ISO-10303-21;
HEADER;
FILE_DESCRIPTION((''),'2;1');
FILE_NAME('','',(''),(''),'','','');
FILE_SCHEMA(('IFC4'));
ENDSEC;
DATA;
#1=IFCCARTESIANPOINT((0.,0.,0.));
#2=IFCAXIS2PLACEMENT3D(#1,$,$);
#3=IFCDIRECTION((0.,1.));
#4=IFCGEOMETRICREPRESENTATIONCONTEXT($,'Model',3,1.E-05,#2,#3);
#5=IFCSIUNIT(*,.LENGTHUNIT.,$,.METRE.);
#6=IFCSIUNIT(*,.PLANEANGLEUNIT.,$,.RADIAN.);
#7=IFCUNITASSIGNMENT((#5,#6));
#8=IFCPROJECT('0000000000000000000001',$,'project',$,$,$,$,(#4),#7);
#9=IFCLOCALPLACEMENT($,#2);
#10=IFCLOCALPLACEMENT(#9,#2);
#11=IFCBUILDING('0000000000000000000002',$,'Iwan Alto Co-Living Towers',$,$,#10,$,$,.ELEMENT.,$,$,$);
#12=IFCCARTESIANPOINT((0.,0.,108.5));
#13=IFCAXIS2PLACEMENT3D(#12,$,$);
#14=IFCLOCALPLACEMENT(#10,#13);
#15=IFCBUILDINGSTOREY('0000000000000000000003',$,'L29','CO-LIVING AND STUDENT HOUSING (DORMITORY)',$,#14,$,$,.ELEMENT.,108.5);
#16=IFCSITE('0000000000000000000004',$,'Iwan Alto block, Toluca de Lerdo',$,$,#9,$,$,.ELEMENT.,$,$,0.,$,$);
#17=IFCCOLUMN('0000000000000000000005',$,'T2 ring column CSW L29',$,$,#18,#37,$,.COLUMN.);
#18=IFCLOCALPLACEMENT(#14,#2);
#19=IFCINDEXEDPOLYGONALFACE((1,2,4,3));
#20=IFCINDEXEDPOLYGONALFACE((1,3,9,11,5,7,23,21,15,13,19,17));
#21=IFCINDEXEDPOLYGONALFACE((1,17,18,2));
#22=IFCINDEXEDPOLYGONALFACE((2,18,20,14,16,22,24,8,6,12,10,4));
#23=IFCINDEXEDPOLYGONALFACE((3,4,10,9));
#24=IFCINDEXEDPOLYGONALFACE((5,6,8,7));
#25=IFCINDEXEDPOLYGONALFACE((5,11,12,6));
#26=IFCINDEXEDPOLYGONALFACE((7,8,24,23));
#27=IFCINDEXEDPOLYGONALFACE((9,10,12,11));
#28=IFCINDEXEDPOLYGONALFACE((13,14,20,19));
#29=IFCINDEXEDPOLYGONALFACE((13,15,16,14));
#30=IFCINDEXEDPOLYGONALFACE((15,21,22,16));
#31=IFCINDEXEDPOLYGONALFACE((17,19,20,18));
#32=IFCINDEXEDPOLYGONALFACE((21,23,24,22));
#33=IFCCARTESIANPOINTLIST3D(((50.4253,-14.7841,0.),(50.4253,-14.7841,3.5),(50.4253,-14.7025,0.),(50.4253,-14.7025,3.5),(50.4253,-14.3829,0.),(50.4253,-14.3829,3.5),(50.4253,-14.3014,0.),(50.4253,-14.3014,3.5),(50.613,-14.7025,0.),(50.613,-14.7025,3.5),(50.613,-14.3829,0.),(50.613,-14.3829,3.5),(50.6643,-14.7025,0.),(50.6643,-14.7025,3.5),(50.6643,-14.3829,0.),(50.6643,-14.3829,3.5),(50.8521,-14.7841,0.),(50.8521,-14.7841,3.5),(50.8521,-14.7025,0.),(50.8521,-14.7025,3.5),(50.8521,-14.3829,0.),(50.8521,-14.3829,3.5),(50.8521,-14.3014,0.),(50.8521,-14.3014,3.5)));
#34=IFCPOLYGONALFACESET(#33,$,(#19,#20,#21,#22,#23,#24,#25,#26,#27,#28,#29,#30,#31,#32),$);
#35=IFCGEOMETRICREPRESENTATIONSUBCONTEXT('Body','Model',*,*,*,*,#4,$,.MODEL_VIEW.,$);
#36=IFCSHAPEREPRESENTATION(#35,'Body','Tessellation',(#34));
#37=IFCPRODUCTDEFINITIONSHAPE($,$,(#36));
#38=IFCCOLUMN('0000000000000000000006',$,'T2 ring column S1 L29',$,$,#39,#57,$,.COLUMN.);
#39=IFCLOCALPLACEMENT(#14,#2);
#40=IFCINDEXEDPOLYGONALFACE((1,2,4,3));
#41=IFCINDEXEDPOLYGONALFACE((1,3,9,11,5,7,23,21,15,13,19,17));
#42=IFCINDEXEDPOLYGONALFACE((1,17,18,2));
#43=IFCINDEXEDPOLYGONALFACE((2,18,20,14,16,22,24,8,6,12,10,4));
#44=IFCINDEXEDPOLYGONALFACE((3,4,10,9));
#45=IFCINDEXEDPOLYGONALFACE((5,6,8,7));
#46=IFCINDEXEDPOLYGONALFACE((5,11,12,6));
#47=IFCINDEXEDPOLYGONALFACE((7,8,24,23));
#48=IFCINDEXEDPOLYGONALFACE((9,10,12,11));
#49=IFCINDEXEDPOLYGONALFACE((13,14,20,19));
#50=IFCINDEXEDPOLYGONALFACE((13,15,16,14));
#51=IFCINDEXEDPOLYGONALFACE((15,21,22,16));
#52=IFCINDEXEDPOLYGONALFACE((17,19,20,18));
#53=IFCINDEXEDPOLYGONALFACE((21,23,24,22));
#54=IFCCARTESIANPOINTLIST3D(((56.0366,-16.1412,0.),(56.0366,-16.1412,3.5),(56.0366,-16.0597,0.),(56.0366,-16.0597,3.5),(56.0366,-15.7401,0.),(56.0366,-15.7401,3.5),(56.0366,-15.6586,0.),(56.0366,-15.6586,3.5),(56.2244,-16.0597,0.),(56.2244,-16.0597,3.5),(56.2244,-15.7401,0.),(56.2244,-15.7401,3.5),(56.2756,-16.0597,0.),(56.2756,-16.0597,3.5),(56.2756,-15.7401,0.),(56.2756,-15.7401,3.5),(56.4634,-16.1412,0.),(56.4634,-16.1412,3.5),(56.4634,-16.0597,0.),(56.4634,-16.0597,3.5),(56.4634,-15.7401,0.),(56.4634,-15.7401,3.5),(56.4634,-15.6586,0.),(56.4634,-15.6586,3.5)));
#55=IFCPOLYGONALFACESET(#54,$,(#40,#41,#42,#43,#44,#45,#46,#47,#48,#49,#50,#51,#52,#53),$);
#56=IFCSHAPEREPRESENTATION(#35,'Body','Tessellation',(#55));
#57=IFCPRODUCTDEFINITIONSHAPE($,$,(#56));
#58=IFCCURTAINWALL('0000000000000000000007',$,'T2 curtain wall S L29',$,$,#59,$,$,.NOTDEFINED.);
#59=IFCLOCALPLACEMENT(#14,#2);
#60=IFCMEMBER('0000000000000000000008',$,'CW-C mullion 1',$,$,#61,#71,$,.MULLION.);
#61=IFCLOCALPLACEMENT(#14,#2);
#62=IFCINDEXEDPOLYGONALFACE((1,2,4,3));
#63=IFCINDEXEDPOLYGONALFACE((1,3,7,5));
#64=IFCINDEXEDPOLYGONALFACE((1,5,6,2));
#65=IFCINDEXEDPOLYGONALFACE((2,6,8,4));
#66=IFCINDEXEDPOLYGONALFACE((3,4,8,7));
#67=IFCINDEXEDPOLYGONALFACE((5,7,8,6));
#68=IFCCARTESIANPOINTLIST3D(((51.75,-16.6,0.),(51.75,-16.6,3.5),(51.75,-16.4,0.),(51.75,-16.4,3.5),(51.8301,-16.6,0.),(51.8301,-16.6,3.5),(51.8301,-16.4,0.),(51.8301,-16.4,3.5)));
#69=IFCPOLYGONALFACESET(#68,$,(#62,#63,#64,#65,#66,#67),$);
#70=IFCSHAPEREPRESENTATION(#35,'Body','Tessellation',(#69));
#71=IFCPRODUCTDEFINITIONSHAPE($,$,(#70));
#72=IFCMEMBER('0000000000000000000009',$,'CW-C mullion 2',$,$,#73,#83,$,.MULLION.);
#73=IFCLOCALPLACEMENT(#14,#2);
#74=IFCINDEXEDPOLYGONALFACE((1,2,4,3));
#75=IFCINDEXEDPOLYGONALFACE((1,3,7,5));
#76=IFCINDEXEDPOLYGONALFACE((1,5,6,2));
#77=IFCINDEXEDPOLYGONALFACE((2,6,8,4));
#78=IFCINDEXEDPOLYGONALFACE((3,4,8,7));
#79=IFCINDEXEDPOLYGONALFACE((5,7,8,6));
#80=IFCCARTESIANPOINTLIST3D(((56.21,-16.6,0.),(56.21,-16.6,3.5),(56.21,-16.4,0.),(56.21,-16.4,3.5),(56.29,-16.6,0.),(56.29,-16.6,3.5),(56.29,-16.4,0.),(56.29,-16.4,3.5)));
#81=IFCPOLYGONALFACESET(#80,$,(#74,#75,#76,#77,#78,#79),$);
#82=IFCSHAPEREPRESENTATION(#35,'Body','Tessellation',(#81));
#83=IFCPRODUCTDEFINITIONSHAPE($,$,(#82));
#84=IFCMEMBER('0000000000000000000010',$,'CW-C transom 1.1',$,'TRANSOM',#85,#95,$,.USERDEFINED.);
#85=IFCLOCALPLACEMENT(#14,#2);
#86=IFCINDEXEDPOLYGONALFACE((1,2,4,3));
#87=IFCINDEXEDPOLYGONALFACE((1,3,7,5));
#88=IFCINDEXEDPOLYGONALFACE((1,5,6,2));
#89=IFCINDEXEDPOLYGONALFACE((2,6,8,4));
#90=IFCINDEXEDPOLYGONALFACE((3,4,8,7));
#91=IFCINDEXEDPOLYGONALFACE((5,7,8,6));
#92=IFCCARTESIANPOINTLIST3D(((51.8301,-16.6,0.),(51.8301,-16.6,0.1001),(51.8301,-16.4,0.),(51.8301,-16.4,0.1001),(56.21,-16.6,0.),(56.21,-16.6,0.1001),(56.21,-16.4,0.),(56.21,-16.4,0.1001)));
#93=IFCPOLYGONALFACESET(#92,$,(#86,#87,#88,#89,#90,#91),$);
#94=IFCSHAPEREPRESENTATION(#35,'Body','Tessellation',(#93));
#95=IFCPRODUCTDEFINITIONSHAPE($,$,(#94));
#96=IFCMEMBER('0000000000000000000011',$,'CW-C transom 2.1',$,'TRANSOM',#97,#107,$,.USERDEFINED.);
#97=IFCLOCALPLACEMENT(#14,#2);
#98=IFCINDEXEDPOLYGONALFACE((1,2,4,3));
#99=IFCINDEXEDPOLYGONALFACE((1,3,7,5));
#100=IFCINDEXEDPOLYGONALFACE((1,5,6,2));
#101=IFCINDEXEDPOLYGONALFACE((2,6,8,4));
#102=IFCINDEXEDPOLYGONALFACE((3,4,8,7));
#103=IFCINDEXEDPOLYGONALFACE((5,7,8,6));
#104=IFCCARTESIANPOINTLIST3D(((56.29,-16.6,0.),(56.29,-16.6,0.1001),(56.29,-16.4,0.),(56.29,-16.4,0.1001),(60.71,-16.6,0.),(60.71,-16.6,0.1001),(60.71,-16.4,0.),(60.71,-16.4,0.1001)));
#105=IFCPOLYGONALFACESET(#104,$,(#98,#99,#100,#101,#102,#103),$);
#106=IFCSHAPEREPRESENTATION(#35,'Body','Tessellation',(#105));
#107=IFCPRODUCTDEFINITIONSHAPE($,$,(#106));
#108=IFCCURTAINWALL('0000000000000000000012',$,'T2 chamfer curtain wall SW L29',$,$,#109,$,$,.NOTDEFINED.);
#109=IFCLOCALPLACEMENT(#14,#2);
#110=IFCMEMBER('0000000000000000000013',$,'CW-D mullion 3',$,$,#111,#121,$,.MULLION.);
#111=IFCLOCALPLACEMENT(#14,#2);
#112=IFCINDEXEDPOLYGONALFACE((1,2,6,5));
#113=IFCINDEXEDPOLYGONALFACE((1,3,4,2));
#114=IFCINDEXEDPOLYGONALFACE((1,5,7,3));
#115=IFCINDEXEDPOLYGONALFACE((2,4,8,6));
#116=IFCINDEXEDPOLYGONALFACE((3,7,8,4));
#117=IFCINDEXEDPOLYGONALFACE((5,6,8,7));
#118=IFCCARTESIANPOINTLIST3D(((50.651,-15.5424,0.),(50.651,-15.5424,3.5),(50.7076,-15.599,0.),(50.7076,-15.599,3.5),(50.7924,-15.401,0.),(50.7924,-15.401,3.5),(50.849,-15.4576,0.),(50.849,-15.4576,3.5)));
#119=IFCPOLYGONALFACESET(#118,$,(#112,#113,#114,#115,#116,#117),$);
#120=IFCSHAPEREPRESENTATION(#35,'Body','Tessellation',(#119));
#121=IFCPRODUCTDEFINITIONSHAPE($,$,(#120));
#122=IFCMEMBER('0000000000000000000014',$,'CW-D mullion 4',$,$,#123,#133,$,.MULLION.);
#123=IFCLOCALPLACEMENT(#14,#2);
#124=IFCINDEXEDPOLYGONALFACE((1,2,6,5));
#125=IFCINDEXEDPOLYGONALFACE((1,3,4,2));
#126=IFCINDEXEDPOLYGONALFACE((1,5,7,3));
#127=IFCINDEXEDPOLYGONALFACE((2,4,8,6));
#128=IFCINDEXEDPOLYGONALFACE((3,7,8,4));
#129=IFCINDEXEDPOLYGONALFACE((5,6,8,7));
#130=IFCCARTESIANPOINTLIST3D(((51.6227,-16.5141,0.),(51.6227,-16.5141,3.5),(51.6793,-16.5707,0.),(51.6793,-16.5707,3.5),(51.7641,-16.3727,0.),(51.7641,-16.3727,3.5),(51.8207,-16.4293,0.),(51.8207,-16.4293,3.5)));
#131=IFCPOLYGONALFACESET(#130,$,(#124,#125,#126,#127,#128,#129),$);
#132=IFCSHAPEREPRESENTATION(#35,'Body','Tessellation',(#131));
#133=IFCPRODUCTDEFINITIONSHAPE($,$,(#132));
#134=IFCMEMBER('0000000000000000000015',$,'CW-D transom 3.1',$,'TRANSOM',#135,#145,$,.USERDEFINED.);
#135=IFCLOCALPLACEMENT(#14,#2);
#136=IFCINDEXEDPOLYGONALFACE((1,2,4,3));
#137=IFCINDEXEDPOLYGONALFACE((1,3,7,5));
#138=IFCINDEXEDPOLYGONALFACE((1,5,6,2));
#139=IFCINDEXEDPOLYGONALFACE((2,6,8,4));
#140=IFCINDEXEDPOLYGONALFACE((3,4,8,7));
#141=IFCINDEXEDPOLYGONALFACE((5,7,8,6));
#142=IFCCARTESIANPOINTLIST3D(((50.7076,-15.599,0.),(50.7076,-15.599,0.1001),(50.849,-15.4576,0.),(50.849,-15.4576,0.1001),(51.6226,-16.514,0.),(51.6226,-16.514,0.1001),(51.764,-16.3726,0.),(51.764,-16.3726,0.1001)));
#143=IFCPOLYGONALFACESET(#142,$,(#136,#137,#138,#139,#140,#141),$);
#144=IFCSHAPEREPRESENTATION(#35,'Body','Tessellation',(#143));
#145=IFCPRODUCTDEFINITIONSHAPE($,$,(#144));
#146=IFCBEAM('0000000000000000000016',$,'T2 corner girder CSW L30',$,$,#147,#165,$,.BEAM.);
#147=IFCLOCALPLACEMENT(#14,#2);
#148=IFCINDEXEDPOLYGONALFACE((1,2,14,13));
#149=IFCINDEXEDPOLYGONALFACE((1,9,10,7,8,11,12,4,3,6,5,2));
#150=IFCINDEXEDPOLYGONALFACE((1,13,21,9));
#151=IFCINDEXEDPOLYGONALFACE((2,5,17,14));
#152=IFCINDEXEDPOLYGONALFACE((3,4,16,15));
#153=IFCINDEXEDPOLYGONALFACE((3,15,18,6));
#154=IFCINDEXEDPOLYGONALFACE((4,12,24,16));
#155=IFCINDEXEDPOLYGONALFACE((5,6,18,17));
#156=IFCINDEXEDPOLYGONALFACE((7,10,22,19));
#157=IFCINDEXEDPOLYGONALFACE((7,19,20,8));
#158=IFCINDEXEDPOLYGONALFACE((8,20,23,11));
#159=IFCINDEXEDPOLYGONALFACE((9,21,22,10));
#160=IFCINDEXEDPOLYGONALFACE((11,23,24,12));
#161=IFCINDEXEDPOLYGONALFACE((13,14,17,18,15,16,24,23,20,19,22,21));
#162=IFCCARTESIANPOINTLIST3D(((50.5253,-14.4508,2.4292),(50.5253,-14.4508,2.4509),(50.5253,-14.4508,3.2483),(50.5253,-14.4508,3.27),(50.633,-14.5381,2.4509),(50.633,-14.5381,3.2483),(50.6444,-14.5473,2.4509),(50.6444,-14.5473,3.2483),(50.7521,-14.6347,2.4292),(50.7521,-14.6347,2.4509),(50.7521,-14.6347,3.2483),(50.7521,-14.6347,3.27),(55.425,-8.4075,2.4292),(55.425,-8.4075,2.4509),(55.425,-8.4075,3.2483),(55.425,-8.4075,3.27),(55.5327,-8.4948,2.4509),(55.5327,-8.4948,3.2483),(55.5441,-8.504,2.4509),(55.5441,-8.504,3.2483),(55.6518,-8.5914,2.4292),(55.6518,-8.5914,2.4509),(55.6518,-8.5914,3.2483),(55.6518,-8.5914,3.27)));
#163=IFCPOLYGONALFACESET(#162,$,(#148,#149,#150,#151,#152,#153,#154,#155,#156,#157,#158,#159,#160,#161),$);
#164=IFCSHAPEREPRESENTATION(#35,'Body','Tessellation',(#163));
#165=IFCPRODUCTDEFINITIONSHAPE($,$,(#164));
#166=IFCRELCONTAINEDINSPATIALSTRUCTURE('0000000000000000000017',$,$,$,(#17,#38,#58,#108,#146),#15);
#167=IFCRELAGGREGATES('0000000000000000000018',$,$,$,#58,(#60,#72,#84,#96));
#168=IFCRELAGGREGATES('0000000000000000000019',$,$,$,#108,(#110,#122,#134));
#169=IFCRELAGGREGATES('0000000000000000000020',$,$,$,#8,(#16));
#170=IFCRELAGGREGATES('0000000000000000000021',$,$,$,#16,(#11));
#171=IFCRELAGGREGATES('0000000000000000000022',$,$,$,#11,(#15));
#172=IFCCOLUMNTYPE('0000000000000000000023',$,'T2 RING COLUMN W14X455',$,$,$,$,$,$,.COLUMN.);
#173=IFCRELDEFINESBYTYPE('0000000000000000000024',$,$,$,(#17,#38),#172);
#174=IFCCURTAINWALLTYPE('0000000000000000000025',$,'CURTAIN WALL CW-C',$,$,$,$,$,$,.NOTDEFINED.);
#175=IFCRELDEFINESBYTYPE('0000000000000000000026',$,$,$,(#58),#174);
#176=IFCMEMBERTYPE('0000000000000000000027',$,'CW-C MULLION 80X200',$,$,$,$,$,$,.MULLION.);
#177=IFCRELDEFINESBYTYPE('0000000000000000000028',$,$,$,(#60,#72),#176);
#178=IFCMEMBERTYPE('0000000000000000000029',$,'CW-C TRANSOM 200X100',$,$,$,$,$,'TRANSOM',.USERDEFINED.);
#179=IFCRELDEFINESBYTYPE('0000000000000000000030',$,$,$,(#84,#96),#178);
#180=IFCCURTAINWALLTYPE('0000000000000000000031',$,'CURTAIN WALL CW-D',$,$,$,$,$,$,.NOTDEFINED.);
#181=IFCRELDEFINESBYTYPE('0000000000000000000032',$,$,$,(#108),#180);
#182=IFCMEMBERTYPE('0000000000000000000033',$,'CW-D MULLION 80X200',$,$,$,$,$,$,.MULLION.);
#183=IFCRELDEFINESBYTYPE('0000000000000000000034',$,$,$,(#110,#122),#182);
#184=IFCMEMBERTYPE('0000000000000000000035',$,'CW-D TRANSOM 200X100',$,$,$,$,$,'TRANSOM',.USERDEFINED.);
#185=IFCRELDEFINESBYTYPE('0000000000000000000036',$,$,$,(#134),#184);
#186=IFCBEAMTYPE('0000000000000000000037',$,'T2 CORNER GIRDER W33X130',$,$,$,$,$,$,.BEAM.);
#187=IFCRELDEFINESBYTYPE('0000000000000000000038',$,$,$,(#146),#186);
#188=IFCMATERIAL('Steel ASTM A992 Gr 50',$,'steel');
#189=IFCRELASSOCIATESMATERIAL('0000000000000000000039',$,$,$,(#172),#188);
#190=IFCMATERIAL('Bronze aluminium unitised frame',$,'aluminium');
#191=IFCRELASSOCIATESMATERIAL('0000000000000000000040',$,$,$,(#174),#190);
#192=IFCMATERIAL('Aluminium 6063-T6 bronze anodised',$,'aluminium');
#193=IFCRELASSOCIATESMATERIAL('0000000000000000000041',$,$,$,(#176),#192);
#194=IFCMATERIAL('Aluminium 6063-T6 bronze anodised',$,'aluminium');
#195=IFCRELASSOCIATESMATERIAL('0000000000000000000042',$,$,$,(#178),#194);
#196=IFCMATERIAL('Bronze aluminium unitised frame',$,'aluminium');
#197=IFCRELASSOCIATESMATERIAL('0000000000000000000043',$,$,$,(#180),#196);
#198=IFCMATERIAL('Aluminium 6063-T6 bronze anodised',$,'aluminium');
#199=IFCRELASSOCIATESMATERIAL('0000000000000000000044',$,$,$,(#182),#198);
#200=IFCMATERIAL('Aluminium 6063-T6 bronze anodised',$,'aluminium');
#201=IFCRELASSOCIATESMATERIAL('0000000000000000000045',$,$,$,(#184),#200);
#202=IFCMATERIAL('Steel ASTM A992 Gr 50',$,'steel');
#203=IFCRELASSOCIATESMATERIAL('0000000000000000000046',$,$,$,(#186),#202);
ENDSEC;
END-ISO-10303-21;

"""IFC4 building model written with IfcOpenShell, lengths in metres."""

from ifc_helpers import new_model, si_unit, direction, frame, origin, origin_2d, place, context, subcontext, project, spatial, rectangle, i_section, extrude, material, material_profile, profile_set, type_object, element, aggregate, save


model = new_model("IFC4")

# Units and contexts
model_context = context("Model", 3, precision=1e-05, world=origin(), true_north=direction((0.0, 1.0)))
body_context = subcontext(model_context, "Body", "Model", "MODEL_VIEW")
ifc_project = project(units=[si_unit("LENGTHUNIT", "METRE"), si_unit("PLANEANGLEUNIT", "RADIAN")], contexts=[model_context])

# Site, building, storey
site_placement = place(None, origin())
site = spatial("IfcSite", under=ifc_project, at=site_placement, Name="Iwan Alto block, Toluca de Lerdo", CompositionType="ELEMENT", RefElevation=0.0)
building_placement = place(site_placement, origin())
building = spatial("IfcBuilding", under=site, at=building_placement, Name="Iwan Alto Co-Living Towers", CompositionType="ELEMENT")
storey_placement = place(building_placement, frame((0.0, 0.0, 108.5)))
storey = spatial("IfcBuildingStorey", under=building, at=storey_placement, Name="L29", Description="CO-LIVING AND STUDENT HOUSING (DORMITORY)", CompositionType="ELEMENT", Elevation=108.5)

# Columns
ifc_material_1 = material(Name="Steel ASTM A992 Gr 50", Category="steel")
ifc_material_profile_1 = material_profile(ifc_material_1, i_section(OverallWidth=0.4268, OverallDepth=0.4827, WebThickness=0.0513, FlangeThickness=0.0815, at=origin_2d()), Name="W14X455")
ifc_profile_set_1 = profile_set([ifc_material_profile_1], Name="Steel ASTM A992 Gr 50")
column_type = type_object("IfcColumnType", Name="T2 RING COLUMN W14X455", PredefinedType="COLUMN", material=ifc_profile_set_1)
for number, where, z_axis, x_axis, name in (
    (1, (50.6387, -14.5427, 0.0), (0.0, 0.0, 1.0), (1.0, 0.0, 0.0), "T2 ring column CSW L29"),
    (2, (56.25, -15.8999, 0.0), (0.0, 0.0, 1.0), (1.0, 0.0, 0.0), "T2 ring column S1 L29"),
):
    element("IfcColumn", number, at=place(storey_placement, frame(where, z_axis=z_axis, x_axis=x_axis)), inside=storey, type_object=column_type, Name=name, PredefinedType="COLUMN", context=body_context, shape_type="SweptSolid", body=[
        extrude(i_section(OverallWidth=0.4268, OverallDepth=0.4827, WebThickness=0.0513, FlangeThickness=0.0815, at=origin_2d()), origin(), (0.0, 0.0, 1.0), 3.5),
    ])

# Curtain walls, members
ifc_material_2 = material(Name="Bronze aluminium unitised frame", Category="aluminium")
curtain_wall_type_1 = type_object("IfcCurtainWallType", Name="CURTAIN WALL CW-C", PredefinedType="NOTDEFINED", material=ifc_material_2)
curtain_wall_1_placement = place(storey_placement, origin())
curtain_wall_1 = element("IfcCurtainWall", 3, at=curtain_wall_1_placement, inside=storey, type_object=curtain_wall_type_1, Name="T2 curtain wall S L29", PredefinedType="NOTDEFINED")
ifc_material_3 = material(Name="Aluminium 6063-T6 bronze anodised", Category="aluminium")
ifc_material_profile_2 = material_profile(ifc_material_3, rectangle(XDim=0.2, YDim=0.0801, at=origin_2d()), Name="AL 80X200")
ifc_profile_set_2 = profile_set([ifc_material_profile_2], Name="Aluminium 6063-T6 bronze anodised")
member_type_1 = type_object("IfcMemberType", Name="CW-C MULLION 80X200", PredefinedType="MULLION", material=ifc_profile_set_2)
member_1_placement = place(storey_placement, frame((51.79, -16.5, 0.0), z_axis=(0.0, 0.0, 1.0), x_axis=(0.0, 1.0, 0.0)))
member_1 = element("IfcMember", 4, at=member_1_placement, type_object=member_type_1, Name="CW-C mullion 1", PredefinedType="MULLION", context=body_context, shape_type="SweptSolid", body=[
    extrude(rectangle(XDim=0.2, YDim=0.0801, at=origin_2d()), origin(), (0.0, 0.0, 1.0), 3.5),
])
member_2_placement = place(storey_placement, frame((56.25, -16.5, 0.0), z_axis=(0.0, 0.0, 1.0), x_axis=(0.0, 1.0, 0.0)))
member_2 = element("IfcMember", 5, at=member_2_placement, type_object=member_type_1, Name="CW-C mullion 2", PredefinedType="MULLION", context=body_context, shape_type="SweptSolid", body=[
    extrude(rectangle(XDim=0.2, YDim=0.0801, at=origin_2d()), origin(), (0.0, 0.0, 1.0), 3.5),
])
ifc_material_4 = material(Name="Aluminium 6063-T6 bronze anodised", Category="aluminium")
ifc_material_profile_3 = material_profile(ifc_material_4, rectangle(XDim=0.2, YDim=0.1001, at=origin_2d()), Name="AL 200X100")
ifc_profile_set_3 = profile_set([ifc_material_profile_3], Name="Aluminium 6063-T6 bronze anodised")
member_type_2 = type_object("IfcMemberType", Name="CW-C TRANSOM 200X100", ElementType="TRANSOM", PredefinedType="USERDEFINED", material=ifc_profile_set_3)
member_3_placement = place(storey_placement, frame((51.8301, -16.5, 0.05), z_axis=(1.0, 0.0, 0.0), x_axis=(0.0, 1.0, 0.0)))
member_3 = element("IfcMember", 6, at=member_3_placement, type_object=member_type_2, Name="CW-C transom 1.1", ObjectType="TRANSOM", PredefinedType="USERDEFINED", context=body_context, shape_type="SweptSolid", body=[
    extrude(rectangle(XDim=0.2, YDim=0.1001, at=origin_2d()), origin(), (0.0, 0.0, 1.0), 4.3799),
])
member_4_placement = place(storey_placement, frame((56.29, -16.5, 0.05), z_axis=(1.0, 0.0, 0.0), x_axis=(0.0, 1.0, 0.0)))
member_4 = element("IfcMember", 7, at=member_4_placement, type_object=member_type_2, Name="CW-C transom 2.1", ObjectType="TRANSOM", PredefinedType="USERDEFINED", context=body_context, shape_type="SweptSolid", body=[
    extrude(rectangle(XDim=0.2, YDim=0.1001, at=origin_2d()), origin(), (0.0, 0.0, 1.0), 4.4199),
])
ifc_material_5 = material(Name="Bronze aluminium unitised frame", Category="aluminium")
curtain_wall_type_2 = type_object("IfcCurtainWallType", Name="CURTAIN WALL CW-D", PredefinedType="NOTDEFINED", material=ifc_material_5)
curtain_wall_2_placement = place(storey_placement, origin())
curtain_wall_2 = element("IfcCurtainWall", 8, at=curtain_wall_2_placement, inside=storey, type_object=curtain_wall_type_2, Name="T2 chamfer curtain wall SW L29", PredefinedType="NOTDEFINED")
ifc_material_6 = material(Name="Aluminium 6063-T6 bronze anodised", Category="aluminium")
ifc_material_profile_4 = material_profile(ifc_material_6, rectangle(XDim=0.2, YDim=0.0801, at=origin_2d()), Name="AL 80X200")
ifc_profile_set_4 = profile_set([ifc_material_profile_4], Name="Aluminium 6063-T6 bronze anodised")
member_type_3 = type_object("IfcMemberType", Name="CW-D MULLION 80X200", PredefinedType="MULLION", material=ifc_profile_set_4)
member_5_placement = place(storey_placement, frame((50.75, -15.5, 0.0), z_axis=(0.0, 0.0, 1.0), x_axis=(0.707107, 0.707107, 0.0)))
member_5 = element("IfcMember", 9, at=member_5_placement, type_object=member_type_3, Name="CW-D mullion 3", PredefinedType="MULLION", context=body_context, shape_type="SweptSolid", body=[
    extrude(rectangle(XDim=0.2, YDim=0.0801, at=origin_2d()), origin(), (0.0, 0.0, 1.0), 3.5),
])
member_6_placement = place(storey_placement, frame((51.7217, -16.4717, 0.0), z_axis=(0.0, 0.0, 1.0), x_axis=(0.707107, 0.707107, 0.0)))
member_6 = element("IfcMember", 10, at=member_6_placement, type_object=member_type_3, Name="CW-D mullion 4", PredefinedType="MULLION", context=body_context, shape_type="SweptSolid", body=[
    extrude(rectangle(XDim=0.2, YDim=0.0801, at=origin_2d()), origin(), (0.0, 0.0, 1.0), 3.5),
])
ifc_material_7 = material(Name="Aluminium 6063-T6 bronze anodised", Category="aluminium")
ifc_material_profile_5 = material_profile(ifc_material_7, rectangle(XDim=0.2, YDim=0.1001, at=origin_2d()), Name="AL 200X100")
ifc_profile_set_5 = profile_set([ifc_material_profile_5], Name="Aluminium 6063-T6 bronze anodised")
member_type_4 = type_object("IfcMemberType", Name="CW-D TRANSOM 200X100", ElementType="TRANSOM", PredefinedType="USERDEFINED", material=ifc_profile_set_5)
member_7_placement = place(storey_placement, frame((50.7783, -15.5283, 0.05), z_axis=(0.707107, -0.707107, 0.0), x_axis=(0.707107, 0.707107, 0.0)))
member_7 = element("IfcMember", 11, at=member_7_placement, type_object=member_type_4, Name="CW-D transom 3.1", ObjectType="TRANSOM", PredefinedType="USERDEFINED", context=body_context, shape_type="SweptSolid", body=[
    extrude(rectangle(XDim=0.2, YDim=0.1001, at=origin_2d()), origin(), (0.0, 0.0, 1.0), 1.2939),
])

# Beam
ifc_material_8 = material(Name="Steel ASTM A992 Gr 50", Category="steel")
ifc_material_profile_6 = material_profile(ifc_material_8, i_section(OverallWidth=0.292, OverallDepth=0.8408, WebThickness=0.0146, FlangeThickness=0.0217, at=origin_2d()), Name="W33X130")
ifc_profile_set_6 = profile_set([ifc_material_profile_6], Name="Steel ASTM A992 Gr 50")
beam_type_1 = type_object("IfcBeamType", Name="T2 CORNER GIRDER W33X130", PredefinedType="BEAM", material=ifc_profile_set_6)
beam_1_placement = place(storey_placement, frame((50.6387, -14.5427, 2.8496), z_axis=(0.629783, 0.776771, 0.0), x_axis=(-0.776771, 0.629783, 0.0)))
element("IfcBeam", 12, at=beam_1_placement, inside=storey, type_object=beam_type_1, Name="T2 corner girder CSW L30", PredefinedType="BEAM", context=body_context, shape_type="SweptSolid", body=[
    extrude(i_section(OverallWidth=0.292, OverallDepth=0.8408, WebThickness=0.0146, FlangeThickness=0.0217, at=origin_2d()), origin(), (0.0, 0.0, 1.0), 7.78),
])

aggregate(curtain_wall_1, [member_1, member_2, member_3, member_4])
aggregate(curtain_wall_2, [member_5, member_6, member_7])

save(model, "model.ifc")
